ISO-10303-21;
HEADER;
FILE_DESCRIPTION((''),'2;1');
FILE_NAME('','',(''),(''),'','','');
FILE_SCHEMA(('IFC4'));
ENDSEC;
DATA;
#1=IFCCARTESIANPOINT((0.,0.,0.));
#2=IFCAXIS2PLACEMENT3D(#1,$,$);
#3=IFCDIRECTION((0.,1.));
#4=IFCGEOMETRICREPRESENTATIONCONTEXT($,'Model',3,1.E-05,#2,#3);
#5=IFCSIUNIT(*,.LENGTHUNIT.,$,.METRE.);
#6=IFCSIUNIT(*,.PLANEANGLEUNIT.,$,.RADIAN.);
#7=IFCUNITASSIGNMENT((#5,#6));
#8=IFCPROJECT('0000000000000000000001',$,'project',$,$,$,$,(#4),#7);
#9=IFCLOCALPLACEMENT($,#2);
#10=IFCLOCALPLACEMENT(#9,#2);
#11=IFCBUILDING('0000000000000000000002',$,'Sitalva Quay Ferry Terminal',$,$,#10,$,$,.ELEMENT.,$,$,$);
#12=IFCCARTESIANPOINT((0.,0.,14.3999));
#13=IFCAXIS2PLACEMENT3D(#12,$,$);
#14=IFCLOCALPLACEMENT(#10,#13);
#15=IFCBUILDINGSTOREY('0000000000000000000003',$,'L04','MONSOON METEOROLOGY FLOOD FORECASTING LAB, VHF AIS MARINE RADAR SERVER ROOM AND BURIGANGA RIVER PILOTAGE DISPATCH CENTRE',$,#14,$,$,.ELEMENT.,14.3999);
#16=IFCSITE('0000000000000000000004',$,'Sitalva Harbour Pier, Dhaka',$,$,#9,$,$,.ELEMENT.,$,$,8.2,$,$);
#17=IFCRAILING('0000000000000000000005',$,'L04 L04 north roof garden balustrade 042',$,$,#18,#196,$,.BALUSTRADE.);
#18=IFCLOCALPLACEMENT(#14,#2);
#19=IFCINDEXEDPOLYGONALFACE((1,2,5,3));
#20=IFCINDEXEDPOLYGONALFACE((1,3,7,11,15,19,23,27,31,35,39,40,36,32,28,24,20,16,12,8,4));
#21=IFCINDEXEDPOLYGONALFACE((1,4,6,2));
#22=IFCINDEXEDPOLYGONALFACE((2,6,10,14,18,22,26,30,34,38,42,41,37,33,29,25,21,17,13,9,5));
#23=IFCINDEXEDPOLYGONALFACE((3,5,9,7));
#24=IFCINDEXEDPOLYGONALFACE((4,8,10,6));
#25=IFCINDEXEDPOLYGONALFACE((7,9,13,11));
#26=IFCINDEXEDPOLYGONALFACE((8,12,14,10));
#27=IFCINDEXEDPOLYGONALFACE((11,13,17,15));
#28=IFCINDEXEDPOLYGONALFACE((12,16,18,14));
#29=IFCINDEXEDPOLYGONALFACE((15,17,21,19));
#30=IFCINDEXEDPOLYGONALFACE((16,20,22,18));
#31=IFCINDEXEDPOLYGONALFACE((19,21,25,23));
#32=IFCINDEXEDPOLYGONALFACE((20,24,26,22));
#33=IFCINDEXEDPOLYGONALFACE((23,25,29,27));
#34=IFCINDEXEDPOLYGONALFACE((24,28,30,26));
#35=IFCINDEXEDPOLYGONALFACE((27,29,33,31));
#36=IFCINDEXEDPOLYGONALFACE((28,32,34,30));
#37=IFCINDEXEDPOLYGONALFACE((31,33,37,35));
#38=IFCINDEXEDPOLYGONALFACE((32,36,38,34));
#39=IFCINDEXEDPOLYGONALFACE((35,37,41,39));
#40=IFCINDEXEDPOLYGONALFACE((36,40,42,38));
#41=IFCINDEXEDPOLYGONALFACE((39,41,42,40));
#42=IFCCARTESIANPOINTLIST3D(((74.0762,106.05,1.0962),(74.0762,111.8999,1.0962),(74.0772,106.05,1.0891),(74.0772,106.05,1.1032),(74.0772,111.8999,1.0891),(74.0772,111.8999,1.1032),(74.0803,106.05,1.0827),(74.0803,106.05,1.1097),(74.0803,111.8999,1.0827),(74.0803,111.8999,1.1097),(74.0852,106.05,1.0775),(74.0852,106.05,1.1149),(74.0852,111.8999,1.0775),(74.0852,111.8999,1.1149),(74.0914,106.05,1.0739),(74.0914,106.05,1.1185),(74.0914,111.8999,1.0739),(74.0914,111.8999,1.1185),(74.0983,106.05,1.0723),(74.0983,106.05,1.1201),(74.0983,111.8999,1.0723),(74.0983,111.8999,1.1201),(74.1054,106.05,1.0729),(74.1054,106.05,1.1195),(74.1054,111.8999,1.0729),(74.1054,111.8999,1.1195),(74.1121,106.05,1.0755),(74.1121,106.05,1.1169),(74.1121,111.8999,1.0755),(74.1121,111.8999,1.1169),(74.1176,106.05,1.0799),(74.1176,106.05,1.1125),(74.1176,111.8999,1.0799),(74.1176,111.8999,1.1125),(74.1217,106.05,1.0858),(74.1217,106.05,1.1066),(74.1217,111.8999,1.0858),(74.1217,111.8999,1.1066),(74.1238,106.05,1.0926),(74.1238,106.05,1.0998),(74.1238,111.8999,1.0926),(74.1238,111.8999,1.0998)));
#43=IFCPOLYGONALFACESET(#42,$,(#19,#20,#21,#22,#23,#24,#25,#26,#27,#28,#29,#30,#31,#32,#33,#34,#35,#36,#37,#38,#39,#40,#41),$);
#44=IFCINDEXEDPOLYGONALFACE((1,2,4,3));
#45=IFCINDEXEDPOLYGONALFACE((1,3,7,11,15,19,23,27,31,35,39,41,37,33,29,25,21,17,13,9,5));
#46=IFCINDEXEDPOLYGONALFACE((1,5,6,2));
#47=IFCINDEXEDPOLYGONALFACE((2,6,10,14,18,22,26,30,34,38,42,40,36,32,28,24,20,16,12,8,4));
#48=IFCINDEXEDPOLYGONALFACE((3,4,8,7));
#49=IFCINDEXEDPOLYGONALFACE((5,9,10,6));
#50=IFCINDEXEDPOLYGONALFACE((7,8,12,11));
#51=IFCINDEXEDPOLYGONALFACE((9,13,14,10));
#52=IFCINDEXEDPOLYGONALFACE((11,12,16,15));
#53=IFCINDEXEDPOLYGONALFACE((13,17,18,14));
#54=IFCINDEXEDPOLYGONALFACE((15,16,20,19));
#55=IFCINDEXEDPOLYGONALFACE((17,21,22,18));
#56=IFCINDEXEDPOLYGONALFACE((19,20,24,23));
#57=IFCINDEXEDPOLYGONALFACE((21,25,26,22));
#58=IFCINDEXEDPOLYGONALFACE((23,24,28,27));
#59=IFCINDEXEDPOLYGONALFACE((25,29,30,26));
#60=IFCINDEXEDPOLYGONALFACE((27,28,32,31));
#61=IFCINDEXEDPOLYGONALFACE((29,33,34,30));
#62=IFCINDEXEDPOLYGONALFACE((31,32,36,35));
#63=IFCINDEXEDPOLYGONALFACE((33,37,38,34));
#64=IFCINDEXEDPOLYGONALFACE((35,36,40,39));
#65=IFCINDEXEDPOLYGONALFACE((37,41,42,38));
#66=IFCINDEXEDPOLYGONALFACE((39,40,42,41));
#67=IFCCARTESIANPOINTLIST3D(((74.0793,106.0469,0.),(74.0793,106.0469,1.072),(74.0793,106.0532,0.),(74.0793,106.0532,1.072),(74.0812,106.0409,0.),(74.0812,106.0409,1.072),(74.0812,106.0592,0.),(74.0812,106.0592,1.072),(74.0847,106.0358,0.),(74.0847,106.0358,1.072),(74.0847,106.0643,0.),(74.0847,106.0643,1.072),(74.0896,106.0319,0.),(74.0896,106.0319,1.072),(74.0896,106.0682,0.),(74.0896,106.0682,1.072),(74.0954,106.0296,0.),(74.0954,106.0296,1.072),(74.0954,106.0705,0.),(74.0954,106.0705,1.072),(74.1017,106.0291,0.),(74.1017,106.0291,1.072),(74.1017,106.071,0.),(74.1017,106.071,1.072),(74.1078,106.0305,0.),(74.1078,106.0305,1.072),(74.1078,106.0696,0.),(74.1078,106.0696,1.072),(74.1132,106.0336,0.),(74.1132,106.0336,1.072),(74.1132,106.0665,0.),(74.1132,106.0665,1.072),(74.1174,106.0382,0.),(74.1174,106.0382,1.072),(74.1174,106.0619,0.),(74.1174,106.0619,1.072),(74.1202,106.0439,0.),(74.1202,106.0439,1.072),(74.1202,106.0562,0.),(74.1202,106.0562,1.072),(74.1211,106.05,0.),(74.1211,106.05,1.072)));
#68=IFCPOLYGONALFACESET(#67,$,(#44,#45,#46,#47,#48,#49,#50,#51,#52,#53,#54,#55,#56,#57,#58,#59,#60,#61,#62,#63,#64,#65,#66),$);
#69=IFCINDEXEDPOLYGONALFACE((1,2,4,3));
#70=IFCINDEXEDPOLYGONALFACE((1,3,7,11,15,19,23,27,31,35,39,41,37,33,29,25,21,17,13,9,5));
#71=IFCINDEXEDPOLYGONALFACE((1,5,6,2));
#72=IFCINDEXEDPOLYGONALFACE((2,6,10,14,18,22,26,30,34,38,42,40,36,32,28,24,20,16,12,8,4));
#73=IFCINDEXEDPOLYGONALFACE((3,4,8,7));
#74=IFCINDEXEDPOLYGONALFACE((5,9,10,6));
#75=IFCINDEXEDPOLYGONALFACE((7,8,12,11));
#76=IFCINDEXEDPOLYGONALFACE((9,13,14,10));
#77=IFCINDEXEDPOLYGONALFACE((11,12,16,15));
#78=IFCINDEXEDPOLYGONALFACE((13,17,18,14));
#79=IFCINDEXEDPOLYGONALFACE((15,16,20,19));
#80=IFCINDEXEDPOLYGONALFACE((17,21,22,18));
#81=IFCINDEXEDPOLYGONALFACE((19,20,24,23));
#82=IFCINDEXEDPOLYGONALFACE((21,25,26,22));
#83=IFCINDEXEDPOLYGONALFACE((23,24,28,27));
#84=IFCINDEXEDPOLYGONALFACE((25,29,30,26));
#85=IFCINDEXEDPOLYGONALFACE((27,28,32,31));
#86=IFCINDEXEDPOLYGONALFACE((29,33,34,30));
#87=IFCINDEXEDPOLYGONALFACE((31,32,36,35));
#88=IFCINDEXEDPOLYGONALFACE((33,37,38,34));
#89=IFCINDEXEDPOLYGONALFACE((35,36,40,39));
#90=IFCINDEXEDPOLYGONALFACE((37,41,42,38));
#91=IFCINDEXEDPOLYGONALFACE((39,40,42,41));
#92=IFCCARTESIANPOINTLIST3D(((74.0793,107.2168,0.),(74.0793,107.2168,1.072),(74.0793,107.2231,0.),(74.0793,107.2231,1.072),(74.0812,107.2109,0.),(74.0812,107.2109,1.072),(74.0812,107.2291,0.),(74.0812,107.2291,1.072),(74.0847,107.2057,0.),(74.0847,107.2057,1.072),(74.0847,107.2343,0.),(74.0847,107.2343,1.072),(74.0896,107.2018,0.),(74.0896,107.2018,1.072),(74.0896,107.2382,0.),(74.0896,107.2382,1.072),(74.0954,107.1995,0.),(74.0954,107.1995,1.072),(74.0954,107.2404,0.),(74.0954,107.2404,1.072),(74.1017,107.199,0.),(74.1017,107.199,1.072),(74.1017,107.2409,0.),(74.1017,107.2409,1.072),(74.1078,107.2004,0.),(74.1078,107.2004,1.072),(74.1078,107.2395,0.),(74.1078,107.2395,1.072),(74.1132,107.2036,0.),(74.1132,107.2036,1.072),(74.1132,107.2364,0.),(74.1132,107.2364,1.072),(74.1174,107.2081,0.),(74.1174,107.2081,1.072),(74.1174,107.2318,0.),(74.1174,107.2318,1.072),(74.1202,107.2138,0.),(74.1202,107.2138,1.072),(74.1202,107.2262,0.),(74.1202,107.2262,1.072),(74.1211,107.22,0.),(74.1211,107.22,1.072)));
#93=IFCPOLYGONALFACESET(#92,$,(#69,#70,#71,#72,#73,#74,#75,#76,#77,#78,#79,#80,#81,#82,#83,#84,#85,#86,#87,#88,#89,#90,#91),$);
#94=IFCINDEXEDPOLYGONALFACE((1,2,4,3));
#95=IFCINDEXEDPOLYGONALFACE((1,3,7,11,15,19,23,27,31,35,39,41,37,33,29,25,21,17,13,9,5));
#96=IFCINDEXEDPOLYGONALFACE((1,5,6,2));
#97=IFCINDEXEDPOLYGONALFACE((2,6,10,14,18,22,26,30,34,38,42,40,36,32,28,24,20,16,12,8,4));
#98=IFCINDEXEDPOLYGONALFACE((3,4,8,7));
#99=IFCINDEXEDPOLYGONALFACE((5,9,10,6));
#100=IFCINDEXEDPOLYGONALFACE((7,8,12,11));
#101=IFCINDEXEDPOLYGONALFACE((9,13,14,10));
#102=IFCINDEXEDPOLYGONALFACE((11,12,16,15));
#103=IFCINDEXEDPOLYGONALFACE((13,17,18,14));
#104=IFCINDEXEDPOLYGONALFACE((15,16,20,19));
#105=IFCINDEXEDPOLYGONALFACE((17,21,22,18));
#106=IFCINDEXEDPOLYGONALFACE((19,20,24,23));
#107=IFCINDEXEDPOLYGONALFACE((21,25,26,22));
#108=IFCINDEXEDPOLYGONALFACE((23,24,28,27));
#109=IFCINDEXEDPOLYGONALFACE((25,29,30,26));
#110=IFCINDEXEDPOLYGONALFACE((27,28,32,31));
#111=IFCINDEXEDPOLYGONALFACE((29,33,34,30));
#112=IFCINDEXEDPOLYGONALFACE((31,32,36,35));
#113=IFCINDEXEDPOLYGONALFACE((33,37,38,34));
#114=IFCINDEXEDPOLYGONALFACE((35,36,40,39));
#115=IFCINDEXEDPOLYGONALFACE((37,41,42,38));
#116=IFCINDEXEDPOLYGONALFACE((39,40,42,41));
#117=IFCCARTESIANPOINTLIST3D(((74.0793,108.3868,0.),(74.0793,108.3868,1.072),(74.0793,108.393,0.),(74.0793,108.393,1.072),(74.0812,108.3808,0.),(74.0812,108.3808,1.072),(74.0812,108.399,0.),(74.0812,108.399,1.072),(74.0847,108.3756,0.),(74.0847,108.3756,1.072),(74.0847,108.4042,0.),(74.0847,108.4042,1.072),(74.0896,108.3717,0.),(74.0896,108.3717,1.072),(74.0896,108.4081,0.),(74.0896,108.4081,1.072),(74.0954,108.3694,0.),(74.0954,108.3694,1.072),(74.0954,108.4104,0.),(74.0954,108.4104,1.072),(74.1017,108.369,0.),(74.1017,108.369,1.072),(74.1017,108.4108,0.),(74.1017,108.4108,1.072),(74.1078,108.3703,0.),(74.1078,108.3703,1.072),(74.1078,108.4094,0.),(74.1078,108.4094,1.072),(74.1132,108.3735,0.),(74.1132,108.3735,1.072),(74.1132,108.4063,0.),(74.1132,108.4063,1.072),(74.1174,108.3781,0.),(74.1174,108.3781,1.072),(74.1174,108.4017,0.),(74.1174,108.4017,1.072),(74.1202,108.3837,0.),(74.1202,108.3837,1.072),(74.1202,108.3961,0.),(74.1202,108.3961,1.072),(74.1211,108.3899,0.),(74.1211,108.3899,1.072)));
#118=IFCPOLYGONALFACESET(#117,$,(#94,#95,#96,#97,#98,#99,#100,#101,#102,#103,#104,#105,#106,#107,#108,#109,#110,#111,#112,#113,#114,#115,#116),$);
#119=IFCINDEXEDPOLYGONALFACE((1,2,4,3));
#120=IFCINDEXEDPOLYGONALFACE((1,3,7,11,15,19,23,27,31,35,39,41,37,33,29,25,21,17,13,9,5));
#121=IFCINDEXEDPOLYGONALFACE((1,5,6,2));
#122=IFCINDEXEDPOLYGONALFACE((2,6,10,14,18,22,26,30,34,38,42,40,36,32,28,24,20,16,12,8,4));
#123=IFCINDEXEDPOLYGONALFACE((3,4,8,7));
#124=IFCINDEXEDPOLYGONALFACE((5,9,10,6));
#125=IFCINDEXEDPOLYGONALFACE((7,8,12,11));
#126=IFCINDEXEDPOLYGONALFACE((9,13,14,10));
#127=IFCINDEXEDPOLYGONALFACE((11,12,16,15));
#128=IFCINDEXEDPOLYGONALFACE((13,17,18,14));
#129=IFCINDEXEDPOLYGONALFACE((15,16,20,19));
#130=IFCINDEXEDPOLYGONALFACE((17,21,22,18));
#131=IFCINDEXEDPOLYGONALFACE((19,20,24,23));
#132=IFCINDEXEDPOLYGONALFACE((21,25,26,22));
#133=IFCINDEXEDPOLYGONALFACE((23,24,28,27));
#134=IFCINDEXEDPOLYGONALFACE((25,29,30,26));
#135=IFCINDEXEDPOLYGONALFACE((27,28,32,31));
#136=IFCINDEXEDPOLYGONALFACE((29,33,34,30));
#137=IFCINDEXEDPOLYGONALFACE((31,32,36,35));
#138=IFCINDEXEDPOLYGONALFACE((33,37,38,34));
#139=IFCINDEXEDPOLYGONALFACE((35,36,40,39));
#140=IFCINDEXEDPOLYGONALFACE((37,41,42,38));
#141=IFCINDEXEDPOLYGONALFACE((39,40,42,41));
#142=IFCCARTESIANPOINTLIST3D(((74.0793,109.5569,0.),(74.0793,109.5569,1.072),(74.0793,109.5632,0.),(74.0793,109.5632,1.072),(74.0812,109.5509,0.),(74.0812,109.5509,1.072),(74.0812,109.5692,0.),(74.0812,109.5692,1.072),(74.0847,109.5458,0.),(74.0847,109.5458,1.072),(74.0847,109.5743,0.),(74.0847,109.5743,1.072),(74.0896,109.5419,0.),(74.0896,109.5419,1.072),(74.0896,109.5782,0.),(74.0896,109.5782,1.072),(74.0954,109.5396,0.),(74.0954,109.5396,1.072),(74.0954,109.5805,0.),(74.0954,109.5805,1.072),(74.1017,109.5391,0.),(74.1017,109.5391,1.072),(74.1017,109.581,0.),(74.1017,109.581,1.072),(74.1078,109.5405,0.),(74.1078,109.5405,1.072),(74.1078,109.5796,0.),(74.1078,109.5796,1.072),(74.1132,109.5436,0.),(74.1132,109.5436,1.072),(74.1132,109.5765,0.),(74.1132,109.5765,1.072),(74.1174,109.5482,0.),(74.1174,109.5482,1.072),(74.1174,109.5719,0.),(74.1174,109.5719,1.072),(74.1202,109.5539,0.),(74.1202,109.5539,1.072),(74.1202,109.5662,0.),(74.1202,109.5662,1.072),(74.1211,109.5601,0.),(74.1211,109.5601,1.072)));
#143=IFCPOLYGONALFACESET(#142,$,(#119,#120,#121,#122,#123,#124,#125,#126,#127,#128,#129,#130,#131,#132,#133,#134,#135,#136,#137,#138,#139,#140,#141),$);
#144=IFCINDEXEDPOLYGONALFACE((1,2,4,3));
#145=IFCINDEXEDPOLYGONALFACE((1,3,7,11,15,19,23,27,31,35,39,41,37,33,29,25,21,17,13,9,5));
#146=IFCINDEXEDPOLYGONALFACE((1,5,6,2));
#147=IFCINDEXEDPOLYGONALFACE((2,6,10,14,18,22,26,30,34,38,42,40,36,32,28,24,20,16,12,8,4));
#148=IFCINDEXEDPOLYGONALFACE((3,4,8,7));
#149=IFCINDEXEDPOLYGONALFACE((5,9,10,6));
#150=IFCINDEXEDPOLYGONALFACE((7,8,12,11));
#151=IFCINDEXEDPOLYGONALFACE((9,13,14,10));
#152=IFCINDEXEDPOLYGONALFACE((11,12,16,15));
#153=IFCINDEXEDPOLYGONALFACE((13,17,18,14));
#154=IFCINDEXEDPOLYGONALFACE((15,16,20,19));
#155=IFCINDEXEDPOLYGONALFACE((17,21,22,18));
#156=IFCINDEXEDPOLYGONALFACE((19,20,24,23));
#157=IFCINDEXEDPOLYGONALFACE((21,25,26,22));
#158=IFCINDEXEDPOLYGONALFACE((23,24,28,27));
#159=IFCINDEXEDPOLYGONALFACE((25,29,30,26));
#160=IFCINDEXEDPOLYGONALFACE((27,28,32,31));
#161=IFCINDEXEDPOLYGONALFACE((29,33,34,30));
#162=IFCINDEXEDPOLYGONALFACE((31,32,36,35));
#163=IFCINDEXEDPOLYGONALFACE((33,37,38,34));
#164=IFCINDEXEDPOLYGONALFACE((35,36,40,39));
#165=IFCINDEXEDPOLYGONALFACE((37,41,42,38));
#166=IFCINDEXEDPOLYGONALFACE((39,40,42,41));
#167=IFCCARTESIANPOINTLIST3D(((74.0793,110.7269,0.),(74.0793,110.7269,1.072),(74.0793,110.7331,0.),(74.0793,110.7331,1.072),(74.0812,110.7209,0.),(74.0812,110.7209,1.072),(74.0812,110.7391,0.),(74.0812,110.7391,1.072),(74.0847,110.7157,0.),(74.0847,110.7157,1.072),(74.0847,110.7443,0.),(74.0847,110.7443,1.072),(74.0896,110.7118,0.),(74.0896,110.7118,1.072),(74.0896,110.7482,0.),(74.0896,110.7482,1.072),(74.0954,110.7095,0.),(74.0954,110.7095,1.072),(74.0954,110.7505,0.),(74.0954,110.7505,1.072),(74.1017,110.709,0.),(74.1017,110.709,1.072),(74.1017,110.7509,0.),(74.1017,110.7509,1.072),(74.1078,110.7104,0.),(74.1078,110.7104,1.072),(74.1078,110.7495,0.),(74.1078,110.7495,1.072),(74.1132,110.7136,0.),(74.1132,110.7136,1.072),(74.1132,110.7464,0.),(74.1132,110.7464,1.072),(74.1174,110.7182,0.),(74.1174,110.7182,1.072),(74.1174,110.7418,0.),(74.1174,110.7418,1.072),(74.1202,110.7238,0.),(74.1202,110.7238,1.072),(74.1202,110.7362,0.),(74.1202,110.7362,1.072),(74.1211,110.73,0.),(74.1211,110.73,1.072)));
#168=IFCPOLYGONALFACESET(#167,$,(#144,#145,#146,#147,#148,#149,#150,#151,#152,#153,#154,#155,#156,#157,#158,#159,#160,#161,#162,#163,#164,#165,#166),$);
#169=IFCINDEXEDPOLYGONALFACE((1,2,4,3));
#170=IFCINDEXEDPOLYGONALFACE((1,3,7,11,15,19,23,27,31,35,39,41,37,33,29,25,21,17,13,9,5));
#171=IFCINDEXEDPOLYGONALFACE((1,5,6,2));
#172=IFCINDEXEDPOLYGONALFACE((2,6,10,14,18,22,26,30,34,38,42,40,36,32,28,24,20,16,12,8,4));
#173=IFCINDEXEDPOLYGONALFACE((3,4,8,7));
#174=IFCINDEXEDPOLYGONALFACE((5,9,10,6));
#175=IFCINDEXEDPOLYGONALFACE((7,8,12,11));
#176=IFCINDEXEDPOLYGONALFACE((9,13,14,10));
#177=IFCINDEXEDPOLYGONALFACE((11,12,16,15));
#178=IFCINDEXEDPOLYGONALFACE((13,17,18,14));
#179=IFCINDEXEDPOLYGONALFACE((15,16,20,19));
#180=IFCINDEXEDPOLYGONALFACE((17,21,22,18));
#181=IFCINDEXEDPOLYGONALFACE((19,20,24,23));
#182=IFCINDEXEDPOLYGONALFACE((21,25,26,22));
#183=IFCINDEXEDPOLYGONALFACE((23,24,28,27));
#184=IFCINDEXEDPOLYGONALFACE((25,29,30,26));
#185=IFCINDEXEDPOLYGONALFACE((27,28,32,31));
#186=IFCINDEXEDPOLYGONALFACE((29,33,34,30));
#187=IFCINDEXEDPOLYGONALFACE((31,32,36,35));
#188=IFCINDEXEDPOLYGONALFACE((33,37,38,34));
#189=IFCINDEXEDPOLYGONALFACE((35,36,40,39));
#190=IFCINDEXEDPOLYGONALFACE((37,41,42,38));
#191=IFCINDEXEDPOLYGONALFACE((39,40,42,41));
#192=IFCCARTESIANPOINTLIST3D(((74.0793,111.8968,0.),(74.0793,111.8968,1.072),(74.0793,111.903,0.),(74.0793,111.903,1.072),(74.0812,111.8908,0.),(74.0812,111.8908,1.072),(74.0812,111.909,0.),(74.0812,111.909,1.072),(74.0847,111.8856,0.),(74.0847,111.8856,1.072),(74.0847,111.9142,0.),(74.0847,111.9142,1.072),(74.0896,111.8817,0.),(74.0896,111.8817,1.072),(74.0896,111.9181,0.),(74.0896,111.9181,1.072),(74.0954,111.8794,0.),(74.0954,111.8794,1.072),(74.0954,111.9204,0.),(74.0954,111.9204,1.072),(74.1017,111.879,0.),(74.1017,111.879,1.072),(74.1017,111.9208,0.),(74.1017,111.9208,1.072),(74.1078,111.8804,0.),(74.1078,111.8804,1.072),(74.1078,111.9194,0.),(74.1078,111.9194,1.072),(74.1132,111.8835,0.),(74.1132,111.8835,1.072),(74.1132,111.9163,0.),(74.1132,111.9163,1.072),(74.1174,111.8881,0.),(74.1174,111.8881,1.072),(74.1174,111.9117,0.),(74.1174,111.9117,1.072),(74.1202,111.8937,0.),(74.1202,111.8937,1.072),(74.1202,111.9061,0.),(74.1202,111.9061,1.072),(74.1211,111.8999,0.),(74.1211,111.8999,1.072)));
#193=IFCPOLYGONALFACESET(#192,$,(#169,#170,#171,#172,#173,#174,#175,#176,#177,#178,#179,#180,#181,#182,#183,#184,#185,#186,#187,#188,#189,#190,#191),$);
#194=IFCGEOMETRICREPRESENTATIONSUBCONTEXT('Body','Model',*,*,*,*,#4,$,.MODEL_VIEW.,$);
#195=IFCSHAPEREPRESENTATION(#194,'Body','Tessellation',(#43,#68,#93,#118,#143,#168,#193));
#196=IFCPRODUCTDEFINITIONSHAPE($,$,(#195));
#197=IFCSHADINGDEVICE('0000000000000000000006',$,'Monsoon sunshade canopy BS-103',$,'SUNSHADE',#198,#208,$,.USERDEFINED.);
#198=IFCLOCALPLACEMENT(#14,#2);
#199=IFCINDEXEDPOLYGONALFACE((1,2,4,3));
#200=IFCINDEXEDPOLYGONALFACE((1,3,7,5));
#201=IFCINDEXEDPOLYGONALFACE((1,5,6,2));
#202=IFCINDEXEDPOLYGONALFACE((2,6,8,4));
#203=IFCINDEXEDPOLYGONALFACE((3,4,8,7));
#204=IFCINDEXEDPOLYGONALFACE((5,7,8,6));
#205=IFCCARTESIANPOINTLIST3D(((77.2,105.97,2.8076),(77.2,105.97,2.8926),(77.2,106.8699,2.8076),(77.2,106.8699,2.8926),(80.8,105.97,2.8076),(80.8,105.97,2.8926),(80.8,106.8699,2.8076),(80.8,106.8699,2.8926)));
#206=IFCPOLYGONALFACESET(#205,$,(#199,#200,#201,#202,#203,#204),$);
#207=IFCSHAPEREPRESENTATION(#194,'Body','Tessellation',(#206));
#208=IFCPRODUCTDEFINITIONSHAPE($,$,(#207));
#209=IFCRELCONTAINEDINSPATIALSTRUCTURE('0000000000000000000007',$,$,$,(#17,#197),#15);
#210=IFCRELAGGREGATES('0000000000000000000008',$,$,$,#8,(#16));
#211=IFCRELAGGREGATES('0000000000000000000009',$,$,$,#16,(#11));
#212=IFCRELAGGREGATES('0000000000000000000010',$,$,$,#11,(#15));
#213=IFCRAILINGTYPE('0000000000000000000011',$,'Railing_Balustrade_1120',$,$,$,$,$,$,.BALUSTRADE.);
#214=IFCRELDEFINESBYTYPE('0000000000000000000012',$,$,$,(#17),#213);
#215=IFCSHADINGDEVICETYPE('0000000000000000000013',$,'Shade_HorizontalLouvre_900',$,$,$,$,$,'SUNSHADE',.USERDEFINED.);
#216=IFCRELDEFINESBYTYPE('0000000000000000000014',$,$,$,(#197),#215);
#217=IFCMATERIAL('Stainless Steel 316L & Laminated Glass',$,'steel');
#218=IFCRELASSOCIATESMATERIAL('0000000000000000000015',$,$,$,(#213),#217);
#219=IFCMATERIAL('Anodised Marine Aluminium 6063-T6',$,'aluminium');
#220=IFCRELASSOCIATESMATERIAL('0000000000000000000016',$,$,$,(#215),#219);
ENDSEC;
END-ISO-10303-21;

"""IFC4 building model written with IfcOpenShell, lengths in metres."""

from ifc_helpers import new_model, si_unit, direction, frame, origin, origin_2d, place, context, subcontext, project, spatial, rectangle, circle, extrude, material, type_object, element, save


model = new_model("IFC4")

# Units and contexts
model_context = context("Model", 3, precision=1e-05, world=origin(), true_north=direction((0.0, 1.0)))
body_context = subcontext(model_context, "Body", "Model", "MODEL_VIEW")
ifc_project = project(units=[si_unit("LENGTHUNIT", "METRE"), si_unit("PLANEANGLEUNIT", "RADIAN")], contexts=[model_context])

# Site, building, storey
site_placement = place(None, origin())
site = spatial("IfcSite", under=ifc_project, at=site_placement, Name="Sitalva Harbour Pier, Dhaka", CompositionType="ELEMENT", RefElevation=8.2)
building_placement = place(site_placement, origin())
building = spatial("IfcBuilding", under=site, at=building_placement, Name="Sitalva Quay Ferry Terminal", CompositionType="ELEMENT")
storey_placement = place(building_placement, frame((0.0, 0.0, 14.3999)))
storey = spatial("IfcBuildingStorey", under=building, at=storey_placement, Name="L04", Description="MONSOON METEOROLOGY FLOOD FORECASTING LAB, VHF AIS MARINE RADAR SERVER ROOM AND BURIGANGA RIVER PILOTAGE DISPATCH CENTRE", CompositionType="ELEMENT", Elevation=14.3999)

# Railing
ifc_material_1 = material(Name="Stainless Steel 316L & Laminated Glass", Category="steel")
railing_type = type_object("IfcRailingType", Name="Railing_Balustrade_1120", PredefinedType="BALUSTRADE", material=ifc_material_1)
railing_1_placement = place(storey_placement, frame((74.1001, 106.05, 0.0)))
element("IfcRailing", 1, at=railing_1_placement, inside=storey, type_object=railing_type, Name="L04 L04 north roof garden balustrade 042", PredefinedType="BALUSTRADE", context=body_context, shape_type="SweptSolid", body=[
    extrude(circle(Radius=0.0239, at=origin_2d()), frame((0.0, 0.0, 1.0962), z_axis=(0.0, 1.0, 0.0), x_axis=(-1.0, 0.0, 0.0)), (0.0, 0.0, 1.0), 5.8499),
    extrude(circle(Radius=0.021, at=origin_2d()), origin(), (0.0, 0.0, 1.0), 1.072),
    extrude(circle(Radius=0.021, at=origin_2d()), frame((0.0, 1.1699, 0.0)), (0.0, 0.0, 1.0), 1.072),
    extrude(circle(Radius=0.021, at=origin_2d()), frame((0.0, 2.3398, 0.0)), (0.0, 0.0, 1.0), 1.072),
    extrude(circle(Radius=0.021, at=origin_2d()), frame((0.0, 3.51, 0.0)), (0.0, 0.0, 1.0), 1.072),
    extrude(circle(Radius=0.021, at=origin_2d()), frame((0.0, 4.6799, 0.0)), (0.0, 0.0, 1.0), 1.072),
    extrude(circle(Radius=0.021, at=origin_2d()), frame((0.0, 5.8499, 0.0)), (0.0, 0.0, 1.0), 1.072),
])

# Shading device
ifc_material_2 = material(Name="Anodised Marine Aluminium 6063-T6", Category="aluminium")
shading_device_type = type_object("IfcShadingDeviceType", Name="Shade_HorizontalLouvre_900", ElementType="SUNSHADE", PredefinedType="USERDEFINED", material=ifc_material_2)
shading_device_placement = place(storey_placement, frame((79.0, 106.4199, 2.8076), z_axis=(0.0, 0.0, 1.0), x_axis=(1.0, 0.0, 0.0)))
element("IfcShadingDevice", 2, at=shading_device_placement, inside=storey, type_object=shading_device_type, Name="Monsoon sunshade canopy BS-103", ObjectType="SUNSHADE", PredefinedType="USERDEFINED", context=body_context, shape_type="SweptSolid", body=[
    extrude(rectangle(XDim=3.6001, YDim=0.8999, at=origin_2d()), origin(), (0.0, 0.0, 1.0), 0.085),
])

save(model, "model.ifc")
